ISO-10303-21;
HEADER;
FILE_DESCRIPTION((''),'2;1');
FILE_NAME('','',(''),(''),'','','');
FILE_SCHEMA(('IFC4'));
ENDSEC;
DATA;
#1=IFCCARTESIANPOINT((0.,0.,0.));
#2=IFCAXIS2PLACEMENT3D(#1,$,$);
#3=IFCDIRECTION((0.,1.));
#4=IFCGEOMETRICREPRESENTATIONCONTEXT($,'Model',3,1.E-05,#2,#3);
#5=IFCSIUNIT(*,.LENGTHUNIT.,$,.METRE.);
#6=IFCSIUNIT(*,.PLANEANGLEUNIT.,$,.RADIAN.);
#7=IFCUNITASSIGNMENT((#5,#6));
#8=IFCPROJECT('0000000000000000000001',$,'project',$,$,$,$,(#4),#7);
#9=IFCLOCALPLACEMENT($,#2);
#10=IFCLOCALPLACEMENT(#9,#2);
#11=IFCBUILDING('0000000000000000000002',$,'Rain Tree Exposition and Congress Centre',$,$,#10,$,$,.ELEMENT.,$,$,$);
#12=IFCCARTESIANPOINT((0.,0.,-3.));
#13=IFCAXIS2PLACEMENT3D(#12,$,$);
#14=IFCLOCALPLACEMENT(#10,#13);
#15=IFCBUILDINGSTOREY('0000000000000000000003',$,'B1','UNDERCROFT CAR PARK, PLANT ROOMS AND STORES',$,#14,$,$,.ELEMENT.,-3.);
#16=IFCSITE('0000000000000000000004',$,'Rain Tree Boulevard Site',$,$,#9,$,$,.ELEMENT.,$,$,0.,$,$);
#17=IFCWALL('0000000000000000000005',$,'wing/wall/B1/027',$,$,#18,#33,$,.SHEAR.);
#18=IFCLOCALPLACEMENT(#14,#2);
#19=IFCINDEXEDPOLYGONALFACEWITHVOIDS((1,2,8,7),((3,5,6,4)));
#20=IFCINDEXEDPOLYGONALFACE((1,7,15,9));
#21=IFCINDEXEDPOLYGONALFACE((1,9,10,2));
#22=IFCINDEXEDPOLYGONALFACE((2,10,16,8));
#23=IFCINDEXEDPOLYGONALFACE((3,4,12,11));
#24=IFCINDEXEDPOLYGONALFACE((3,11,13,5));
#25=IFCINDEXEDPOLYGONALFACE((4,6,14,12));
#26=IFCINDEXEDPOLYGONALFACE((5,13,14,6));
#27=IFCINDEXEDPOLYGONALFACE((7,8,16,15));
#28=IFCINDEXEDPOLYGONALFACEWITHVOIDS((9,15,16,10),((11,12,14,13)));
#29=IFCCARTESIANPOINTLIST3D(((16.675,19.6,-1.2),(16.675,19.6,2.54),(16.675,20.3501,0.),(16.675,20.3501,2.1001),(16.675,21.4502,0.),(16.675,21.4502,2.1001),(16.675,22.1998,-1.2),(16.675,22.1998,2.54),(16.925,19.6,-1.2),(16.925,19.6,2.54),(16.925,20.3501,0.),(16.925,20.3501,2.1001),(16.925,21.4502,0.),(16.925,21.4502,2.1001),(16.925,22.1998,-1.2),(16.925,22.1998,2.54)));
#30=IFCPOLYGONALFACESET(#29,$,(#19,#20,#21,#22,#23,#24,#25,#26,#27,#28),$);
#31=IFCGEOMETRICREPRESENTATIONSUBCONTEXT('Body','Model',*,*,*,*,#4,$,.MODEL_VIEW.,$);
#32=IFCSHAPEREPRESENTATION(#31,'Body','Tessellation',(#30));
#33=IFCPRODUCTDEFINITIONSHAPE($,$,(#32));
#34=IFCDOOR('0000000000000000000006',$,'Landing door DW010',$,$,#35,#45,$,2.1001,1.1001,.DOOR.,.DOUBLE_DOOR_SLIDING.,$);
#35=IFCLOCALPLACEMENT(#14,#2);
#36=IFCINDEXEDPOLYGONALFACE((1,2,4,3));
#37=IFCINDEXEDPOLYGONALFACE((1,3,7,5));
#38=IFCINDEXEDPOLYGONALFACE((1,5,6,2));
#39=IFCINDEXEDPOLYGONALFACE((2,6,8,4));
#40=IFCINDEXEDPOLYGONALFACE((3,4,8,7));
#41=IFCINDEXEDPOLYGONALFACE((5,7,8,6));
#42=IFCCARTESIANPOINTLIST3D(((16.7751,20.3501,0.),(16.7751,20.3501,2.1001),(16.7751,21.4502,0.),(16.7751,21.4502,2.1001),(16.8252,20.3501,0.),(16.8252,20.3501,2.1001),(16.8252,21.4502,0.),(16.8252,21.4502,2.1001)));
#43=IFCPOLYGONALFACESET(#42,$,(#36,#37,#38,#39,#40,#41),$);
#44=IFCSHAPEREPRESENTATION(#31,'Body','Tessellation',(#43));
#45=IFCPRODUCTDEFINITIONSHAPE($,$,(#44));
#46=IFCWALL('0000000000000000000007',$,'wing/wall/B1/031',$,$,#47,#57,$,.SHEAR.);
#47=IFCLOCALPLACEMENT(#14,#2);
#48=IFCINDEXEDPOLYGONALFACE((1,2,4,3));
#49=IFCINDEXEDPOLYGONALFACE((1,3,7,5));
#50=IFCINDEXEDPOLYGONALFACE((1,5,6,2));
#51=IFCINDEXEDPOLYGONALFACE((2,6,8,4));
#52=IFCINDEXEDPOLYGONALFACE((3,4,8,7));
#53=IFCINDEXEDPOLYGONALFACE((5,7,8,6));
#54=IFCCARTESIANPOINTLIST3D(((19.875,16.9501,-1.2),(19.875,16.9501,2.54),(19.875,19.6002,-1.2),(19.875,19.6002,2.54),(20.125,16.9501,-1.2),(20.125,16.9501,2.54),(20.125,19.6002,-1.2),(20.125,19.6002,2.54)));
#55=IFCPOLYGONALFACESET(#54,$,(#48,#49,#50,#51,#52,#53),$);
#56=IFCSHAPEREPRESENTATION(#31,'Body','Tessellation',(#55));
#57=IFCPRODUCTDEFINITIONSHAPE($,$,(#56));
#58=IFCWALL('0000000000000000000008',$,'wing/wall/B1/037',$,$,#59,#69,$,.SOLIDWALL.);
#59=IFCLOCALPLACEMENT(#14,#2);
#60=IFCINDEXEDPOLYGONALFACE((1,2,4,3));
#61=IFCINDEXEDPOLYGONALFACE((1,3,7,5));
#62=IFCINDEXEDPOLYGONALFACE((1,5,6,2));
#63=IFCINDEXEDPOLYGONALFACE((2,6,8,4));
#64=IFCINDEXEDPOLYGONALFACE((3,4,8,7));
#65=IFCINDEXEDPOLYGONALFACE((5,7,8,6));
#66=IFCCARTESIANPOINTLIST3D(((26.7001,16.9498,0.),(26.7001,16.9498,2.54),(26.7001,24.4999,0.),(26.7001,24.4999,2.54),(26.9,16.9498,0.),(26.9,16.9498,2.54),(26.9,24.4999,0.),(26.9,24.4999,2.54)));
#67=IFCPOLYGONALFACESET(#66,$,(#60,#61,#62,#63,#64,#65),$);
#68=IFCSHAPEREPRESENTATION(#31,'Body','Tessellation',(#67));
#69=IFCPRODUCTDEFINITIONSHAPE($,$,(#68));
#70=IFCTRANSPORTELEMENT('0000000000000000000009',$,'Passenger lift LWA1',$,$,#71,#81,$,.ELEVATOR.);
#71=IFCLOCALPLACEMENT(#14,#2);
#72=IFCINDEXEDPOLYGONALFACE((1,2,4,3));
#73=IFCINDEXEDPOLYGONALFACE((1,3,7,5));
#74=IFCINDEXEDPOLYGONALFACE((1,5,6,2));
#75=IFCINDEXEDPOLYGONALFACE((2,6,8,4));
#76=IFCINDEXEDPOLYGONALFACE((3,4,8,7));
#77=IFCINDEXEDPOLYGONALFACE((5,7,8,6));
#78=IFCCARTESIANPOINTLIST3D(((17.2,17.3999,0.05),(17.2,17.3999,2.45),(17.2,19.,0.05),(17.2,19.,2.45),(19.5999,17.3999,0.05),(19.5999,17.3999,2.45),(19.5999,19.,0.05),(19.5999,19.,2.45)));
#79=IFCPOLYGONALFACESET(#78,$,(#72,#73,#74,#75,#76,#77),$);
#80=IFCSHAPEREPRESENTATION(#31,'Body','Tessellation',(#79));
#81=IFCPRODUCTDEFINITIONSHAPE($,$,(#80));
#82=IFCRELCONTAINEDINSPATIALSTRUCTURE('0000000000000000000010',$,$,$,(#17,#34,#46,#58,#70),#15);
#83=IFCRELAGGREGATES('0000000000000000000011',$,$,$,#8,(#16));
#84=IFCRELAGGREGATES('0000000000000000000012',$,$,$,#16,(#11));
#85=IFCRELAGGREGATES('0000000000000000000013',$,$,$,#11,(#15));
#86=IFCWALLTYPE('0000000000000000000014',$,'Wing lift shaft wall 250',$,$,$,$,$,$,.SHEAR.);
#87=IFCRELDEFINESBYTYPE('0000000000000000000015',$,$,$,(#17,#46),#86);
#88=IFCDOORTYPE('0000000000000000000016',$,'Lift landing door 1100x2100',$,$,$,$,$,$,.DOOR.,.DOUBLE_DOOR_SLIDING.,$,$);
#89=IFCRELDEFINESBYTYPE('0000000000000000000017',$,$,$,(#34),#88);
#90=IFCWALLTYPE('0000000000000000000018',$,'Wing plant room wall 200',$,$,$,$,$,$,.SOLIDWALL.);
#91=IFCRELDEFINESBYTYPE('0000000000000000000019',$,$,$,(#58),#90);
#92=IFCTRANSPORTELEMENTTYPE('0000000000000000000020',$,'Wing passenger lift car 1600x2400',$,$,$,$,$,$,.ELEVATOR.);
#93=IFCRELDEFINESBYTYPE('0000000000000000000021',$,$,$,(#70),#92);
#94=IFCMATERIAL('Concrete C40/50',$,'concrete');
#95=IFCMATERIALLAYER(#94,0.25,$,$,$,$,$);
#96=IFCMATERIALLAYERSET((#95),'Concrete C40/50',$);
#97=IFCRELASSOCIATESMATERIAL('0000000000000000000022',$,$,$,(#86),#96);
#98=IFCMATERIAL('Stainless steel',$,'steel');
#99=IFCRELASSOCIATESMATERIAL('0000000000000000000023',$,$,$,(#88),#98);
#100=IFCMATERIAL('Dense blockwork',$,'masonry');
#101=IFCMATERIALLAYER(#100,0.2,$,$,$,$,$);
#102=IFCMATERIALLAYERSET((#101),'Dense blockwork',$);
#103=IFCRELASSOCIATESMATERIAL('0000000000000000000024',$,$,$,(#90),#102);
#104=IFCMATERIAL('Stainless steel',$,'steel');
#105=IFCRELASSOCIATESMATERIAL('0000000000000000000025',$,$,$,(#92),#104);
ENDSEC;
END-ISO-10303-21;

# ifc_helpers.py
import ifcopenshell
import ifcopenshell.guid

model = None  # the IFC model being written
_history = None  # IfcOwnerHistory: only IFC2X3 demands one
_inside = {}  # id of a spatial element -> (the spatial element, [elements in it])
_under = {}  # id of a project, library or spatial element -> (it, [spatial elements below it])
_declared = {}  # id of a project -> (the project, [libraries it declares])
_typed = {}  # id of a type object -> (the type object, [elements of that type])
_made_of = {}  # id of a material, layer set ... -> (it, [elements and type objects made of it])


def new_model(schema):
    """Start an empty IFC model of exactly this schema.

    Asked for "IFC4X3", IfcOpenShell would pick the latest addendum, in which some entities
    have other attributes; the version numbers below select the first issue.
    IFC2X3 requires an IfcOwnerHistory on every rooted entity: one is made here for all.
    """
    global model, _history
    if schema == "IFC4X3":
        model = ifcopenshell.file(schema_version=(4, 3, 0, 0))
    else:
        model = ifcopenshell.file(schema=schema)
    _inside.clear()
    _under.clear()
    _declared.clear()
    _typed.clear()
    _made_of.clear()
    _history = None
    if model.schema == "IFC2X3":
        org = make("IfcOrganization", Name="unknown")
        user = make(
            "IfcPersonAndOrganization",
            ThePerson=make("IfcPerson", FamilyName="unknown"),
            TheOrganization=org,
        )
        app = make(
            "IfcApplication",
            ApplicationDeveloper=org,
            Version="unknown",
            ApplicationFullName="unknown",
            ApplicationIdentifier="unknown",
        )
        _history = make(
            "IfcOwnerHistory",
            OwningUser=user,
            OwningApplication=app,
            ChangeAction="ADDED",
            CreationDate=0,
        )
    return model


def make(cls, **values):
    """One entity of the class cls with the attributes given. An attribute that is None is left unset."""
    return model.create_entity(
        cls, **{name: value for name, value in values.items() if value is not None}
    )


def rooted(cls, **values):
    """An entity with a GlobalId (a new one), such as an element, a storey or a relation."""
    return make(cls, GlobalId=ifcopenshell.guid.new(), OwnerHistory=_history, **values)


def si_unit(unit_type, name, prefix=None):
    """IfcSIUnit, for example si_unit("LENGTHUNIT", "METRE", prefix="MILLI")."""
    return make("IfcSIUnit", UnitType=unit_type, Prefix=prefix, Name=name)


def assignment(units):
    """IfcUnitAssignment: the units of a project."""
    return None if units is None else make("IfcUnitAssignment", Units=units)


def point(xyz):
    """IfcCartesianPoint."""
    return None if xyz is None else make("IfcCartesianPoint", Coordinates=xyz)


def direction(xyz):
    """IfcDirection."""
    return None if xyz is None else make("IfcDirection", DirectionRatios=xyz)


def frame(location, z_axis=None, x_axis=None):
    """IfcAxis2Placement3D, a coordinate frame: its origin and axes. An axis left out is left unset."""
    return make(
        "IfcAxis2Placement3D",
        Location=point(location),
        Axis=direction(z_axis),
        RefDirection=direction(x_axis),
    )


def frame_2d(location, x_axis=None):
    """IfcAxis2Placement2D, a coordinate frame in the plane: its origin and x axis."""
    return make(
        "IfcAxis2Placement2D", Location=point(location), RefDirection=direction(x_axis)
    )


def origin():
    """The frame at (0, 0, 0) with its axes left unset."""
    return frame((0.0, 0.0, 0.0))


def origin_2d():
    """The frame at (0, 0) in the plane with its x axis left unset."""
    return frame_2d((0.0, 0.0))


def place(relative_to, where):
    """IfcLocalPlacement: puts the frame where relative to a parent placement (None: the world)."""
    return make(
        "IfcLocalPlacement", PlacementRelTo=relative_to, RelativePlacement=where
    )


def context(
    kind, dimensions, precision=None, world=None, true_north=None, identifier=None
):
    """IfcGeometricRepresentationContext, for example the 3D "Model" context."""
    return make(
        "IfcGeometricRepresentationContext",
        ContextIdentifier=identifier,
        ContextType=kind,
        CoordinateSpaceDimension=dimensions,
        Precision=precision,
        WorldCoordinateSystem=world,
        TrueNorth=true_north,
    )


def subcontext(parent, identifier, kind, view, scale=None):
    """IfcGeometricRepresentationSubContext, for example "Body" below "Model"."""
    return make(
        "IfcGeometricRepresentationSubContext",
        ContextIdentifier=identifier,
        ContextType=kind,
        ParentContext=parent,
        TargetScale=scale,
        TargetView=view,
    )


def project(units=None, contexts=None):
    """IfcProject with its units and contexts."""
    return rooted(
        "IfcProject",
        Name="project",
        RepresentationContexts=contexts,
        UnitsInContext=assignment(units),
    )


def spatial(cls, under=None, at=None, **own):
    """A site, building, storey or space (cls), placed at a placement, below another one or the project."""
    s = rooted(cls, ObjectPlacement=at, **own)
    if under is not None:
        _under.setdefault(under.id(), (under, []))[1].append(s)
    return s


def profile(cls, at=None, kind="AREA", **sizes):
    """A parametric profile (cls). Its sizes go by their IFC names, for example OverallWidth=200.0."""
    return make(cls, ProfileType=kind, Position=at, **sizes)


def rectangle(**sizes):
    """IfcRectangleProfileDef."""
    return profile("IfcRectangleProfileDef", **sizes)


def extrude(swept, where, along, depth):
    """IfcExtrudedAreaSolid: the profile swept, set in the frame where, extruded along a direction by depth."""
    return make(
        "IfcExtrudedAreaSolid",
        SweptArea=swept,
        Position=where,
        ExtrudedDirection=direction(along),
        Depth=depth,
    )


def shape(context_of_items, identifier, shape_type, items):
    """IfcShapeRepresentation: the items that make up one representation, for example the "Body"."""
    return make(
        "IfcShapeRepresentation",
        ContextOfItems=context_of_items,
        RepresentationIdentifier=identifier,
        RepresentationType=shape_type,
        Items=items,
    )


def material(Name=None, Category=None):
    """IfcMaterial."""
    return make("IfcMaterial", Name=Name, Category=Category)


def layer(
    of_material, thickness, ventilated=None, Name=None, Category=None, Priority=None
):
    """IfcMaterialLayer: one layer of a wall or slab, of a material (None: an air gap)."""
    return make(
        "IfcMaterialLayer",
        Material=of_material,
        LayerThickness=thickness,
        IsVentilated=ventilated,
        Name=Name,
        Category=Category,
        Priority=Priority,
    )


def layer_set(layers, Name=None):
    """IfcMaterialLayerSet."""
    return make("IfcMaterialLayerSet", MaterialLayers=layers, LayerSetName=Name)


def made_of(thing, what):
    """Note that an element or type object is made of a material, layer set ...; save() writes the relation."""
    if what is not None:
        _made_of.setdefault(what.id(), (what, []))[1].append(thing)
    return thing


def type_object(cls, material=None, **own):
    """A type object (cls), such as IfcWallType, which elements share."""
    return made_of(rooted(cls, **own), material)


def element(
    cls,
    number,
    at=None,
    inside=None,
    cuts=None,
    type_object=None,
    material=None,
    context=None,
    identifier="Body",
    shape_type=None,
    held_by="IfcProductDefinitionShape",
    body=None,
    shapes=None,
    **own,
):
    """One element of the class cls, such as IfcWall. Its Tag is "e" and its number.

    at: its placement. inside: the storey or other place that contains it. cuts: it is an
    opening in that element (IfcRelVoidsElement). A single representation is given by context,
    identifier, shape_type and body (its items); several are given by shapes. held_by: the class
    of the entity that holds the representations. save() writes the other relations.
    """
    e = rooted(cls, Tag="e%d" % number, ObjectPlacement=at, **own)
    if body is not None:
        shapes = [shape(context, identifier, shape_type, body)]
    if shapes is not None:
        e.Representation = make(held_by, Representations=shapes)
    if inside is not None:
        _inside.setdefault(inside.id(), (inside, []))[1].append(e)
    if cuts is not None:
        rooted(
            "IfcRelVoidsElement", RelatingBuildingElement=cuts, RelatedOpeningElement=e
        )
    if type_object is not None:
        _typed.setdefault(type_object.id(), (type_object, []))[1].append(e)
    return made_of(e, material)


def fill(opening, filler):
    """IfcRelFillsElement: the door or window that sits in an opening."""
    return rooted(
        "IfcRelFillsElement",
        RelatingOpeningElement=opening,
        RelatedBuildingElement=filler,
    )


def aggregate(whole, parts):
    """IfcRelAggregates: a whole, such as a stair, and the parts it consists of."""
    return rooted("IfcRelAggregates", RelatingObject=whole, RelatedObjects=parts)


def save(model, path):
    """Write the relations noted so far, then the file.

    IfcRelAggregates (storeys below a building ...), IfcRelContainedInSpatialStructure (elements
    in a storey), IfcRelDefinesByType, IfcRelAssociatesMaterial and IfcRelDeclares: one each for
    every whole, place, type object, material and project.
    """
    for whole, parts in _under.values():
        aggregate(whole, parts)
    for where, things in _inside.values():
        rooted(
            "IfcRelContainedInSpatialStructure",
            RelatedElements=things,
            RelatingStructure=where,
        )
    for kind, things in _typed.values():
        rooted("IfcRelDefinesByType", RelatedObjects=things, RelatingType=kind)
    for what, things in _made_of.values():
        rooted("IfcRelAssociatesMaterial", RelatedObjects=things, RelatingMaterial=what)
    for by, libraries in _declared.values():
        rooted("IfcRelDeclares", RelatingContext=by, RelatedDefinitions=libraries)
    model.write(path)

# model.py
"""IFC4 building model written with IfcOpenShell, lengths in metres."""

from ifc_helpers import new_model, si_unit, direction, frame, frame_2d, origin, origin_2d, place, context, subcontext, project, spatial, rectangle, extrude, material, layer, layer_set, type_object, element, fill, save


model = new_model("IFC4")

# Units and contexts
model_context = context("Model", 3, precision=1e-05, world=origin(), true_north=direction((0.0, 1.0)))
body_context = subcontext(model_context, "Body", "Model", "MODEL_VIEW")
ifc_project = project(units=[si_unit("LENGTHUNIT", "METRE"), si_unit("PLANEANGLEUNIT", "RADIAN")], contexts=[model_context])

# Site, building, storey
site_placement = place(None, origin())
site = spatial("IfcSite", under=ifc_project, at=site_placement, Name="Rain Tree Boulevard Site", CompositionType="ELEMENT", RefElevation=0.0)
building_placement = place(site_placement, origin())
building = spatial("IfcBuilding", under=site, at=building_placement, Name="Rain Tree Exposition and Congress Centre", CompositionType="ELEMENT")
storey_placement = place(building_placement, frame((0.0, 0.0, -3.0)))
storey = spatial("IfcBuildingStorey", under=building, at=storey_placement, Name="B1", Description="UNDERCROFT CAR PARK, PLANT ROOMS AND STORES", CompositionType="ELEMENT", Elevation=-3.0)

# Shared definitions
ifc_material_1 = material(Name="Concrete C40/50", Category="concrete")
ifc_layer_1 = layer(ifc_material_1, 0.25)
ifc_layer_set_1 = layer_set([ifc_layer_1], Name="Concrete C40/50")
wall_type_1 = type_object("IfcWallType", Name="Wing lift shaft wall 250", PredefinedType="SHEAR", material=ifc_layer_set_1)

# Wall, opening, door
wall_1_placement = place(storey_placement, frame((16.8, 19.6001, -1.2), z_axis=(0.0, 0.0, 1.0), x_axis=(0.0, 1.0, 0.0)))
wall_1 = element("IfcWall", 1, at=wall_1_placement, inside=storey, type_object=wall_type_1, Name="wing/wall/B1/027", PredefinedType="SHEAR", context=body_context, shape_type="SweptSolid", body=[
    extrude(rectangle(XDim=2.5999, YDim=0.25, at=frame_2d((1.2998, 0.0))), origin(), (0.0, 0.0, 1.0), 3.74),
])
opening_1_placement = place(wall_1_placement, frame((0.75, 0.0, 1.2)))
opening_1 = element("IfcOpeningElement", 2, at=opening_1_placement, cuts=wall_1, PredefinedType="OPENING", context=body_context, shape_type="SweptSolid", body=[
    extrude(rectangle(XDim=1.1001, YDim=2.1001, at=frame_2d((0.55, 1.05))), frame((0.0, 0.125, 0.0), z_axis=(0.0, -1.0, 0.0), x_axis=(1.0, 0.0, 0.0)), (0.0, 0.0, 1.0), 0.25),
])
ifc_material_2 = material(Name="Stainless steel", Category="steel")
door_type_1 = type_object("IfcDoorType", Name="Lift landing door 1100x2100", OperationType="DOUBLE_DOOR_SLIDING", PredefinedType="DOOR", material=ifc_material_2)
door_1_placement = place(opening_1_placement, origin())
door_1 = element("IfcDoor", 3, at=door_1_placement, inside=storey, type_object=door_type_1, Name="Landing door DW010", OperationType="DOUBLE_DOOR_SLIDING", OverallHeight=2.1001, OverallWidth=1.1001, PredefinedType="DOOR", context=body_context, shape_type="SweptSolid", body=[
    extrude(rectangle(XDim=1.1001, YDim=2.1001, at=frame_2d((0.55, 1.05))), frame((0.0, 0.0249, 0.0), z_axis=(0.0, -1.0, 0.0), x_axis=(1.0, 0.0, 0.0)), (0.0, 0.0, 1.0), 0.05),
])
fill(opening_1, door_1)

# Walls
wall_2_placement = place(storey_placement, frame((20.0, 16.95, -1.2), z_axis=(0.0, 0.0, 1.0), x_axis=(0.0, 1.0, 0.0)))
element("IfcWall", 4, at=wall_2_placement, inside=storey, type_object=wall_type_1, Name="wing/wall/B1/031", PredefinedType="SHEAR", context=body_context, shape_type="SweptSolid", body=[
    extrude(rectangle(XDim=2.6501, YDim=0.25, at=frame_2d((1.3252, 0.0))), origin(), (0.0, 0.0, 1.0), 3.74),
])
ifc_material_3 = material(Name="Dense blockwork", Category="masonry")
ifc_layer_2 = layer(ifc_material_3, 0.2)
ifc_layer_set_2 = layer_set([ifc_layer_2], Name="Dense blockwork")
wall_type_2 = type_object("IfcWallType", Name="Wing plant room wall 200", PredefinedType="SOLIDWALL", material=ifc_layer_set_2)
wall_3_placement = place(storey_placement, frame((26.8, 16.95, 0.0), z_axis=(0.0, 0.0, 1.0), x_axis=(0.0, 1.0, 0.0)))
element("IfcWall", 5, at=wall_3_placement, inside=storey, type_object=wall_type_2, Name="wing/wall/B1/037", PredefinedType="SOLIDWALL", context=body_context, shape_type="SweptSolid", body=[
    extrude(rectangle(XDim=7.55, YDim=0.2, at=frame_2d((3.7749, 0.0))), origin(), (0.0, 0.0, 1.0), 2.54),
])

# Transport element
ifc_material_4 = material(Name="Stainless steel", Category="steel")
transport_element_type = type_object("IfcTransportElementType", Name="Wing passenger lift car 1600x2400", PredefinedType="ELEVATOR", material=ifc_material_4)
transport_element_placement = place(storey_placement, frame((18.3999, 18.2, 0.05), z_axis=(0.0, 0.0, 1.0), x_axis=(1.0, 0.0, 0.0)))
element("IfcTransportElement", 6, at=transport_element_placement, inside=storey, type_object=transport_element_type, Name="Passenger lift LWA1", PredefinedType="ELEVATOR", context=body_context, shape_type="SweptSolid", body=[
    extrude(rectangle(XDim=2.3999, YDim=1.6001, at=origin_2d()), origin(), (0.0, 0.0, 1.0), 2.3999),
])

save(model, "model.ifc")
